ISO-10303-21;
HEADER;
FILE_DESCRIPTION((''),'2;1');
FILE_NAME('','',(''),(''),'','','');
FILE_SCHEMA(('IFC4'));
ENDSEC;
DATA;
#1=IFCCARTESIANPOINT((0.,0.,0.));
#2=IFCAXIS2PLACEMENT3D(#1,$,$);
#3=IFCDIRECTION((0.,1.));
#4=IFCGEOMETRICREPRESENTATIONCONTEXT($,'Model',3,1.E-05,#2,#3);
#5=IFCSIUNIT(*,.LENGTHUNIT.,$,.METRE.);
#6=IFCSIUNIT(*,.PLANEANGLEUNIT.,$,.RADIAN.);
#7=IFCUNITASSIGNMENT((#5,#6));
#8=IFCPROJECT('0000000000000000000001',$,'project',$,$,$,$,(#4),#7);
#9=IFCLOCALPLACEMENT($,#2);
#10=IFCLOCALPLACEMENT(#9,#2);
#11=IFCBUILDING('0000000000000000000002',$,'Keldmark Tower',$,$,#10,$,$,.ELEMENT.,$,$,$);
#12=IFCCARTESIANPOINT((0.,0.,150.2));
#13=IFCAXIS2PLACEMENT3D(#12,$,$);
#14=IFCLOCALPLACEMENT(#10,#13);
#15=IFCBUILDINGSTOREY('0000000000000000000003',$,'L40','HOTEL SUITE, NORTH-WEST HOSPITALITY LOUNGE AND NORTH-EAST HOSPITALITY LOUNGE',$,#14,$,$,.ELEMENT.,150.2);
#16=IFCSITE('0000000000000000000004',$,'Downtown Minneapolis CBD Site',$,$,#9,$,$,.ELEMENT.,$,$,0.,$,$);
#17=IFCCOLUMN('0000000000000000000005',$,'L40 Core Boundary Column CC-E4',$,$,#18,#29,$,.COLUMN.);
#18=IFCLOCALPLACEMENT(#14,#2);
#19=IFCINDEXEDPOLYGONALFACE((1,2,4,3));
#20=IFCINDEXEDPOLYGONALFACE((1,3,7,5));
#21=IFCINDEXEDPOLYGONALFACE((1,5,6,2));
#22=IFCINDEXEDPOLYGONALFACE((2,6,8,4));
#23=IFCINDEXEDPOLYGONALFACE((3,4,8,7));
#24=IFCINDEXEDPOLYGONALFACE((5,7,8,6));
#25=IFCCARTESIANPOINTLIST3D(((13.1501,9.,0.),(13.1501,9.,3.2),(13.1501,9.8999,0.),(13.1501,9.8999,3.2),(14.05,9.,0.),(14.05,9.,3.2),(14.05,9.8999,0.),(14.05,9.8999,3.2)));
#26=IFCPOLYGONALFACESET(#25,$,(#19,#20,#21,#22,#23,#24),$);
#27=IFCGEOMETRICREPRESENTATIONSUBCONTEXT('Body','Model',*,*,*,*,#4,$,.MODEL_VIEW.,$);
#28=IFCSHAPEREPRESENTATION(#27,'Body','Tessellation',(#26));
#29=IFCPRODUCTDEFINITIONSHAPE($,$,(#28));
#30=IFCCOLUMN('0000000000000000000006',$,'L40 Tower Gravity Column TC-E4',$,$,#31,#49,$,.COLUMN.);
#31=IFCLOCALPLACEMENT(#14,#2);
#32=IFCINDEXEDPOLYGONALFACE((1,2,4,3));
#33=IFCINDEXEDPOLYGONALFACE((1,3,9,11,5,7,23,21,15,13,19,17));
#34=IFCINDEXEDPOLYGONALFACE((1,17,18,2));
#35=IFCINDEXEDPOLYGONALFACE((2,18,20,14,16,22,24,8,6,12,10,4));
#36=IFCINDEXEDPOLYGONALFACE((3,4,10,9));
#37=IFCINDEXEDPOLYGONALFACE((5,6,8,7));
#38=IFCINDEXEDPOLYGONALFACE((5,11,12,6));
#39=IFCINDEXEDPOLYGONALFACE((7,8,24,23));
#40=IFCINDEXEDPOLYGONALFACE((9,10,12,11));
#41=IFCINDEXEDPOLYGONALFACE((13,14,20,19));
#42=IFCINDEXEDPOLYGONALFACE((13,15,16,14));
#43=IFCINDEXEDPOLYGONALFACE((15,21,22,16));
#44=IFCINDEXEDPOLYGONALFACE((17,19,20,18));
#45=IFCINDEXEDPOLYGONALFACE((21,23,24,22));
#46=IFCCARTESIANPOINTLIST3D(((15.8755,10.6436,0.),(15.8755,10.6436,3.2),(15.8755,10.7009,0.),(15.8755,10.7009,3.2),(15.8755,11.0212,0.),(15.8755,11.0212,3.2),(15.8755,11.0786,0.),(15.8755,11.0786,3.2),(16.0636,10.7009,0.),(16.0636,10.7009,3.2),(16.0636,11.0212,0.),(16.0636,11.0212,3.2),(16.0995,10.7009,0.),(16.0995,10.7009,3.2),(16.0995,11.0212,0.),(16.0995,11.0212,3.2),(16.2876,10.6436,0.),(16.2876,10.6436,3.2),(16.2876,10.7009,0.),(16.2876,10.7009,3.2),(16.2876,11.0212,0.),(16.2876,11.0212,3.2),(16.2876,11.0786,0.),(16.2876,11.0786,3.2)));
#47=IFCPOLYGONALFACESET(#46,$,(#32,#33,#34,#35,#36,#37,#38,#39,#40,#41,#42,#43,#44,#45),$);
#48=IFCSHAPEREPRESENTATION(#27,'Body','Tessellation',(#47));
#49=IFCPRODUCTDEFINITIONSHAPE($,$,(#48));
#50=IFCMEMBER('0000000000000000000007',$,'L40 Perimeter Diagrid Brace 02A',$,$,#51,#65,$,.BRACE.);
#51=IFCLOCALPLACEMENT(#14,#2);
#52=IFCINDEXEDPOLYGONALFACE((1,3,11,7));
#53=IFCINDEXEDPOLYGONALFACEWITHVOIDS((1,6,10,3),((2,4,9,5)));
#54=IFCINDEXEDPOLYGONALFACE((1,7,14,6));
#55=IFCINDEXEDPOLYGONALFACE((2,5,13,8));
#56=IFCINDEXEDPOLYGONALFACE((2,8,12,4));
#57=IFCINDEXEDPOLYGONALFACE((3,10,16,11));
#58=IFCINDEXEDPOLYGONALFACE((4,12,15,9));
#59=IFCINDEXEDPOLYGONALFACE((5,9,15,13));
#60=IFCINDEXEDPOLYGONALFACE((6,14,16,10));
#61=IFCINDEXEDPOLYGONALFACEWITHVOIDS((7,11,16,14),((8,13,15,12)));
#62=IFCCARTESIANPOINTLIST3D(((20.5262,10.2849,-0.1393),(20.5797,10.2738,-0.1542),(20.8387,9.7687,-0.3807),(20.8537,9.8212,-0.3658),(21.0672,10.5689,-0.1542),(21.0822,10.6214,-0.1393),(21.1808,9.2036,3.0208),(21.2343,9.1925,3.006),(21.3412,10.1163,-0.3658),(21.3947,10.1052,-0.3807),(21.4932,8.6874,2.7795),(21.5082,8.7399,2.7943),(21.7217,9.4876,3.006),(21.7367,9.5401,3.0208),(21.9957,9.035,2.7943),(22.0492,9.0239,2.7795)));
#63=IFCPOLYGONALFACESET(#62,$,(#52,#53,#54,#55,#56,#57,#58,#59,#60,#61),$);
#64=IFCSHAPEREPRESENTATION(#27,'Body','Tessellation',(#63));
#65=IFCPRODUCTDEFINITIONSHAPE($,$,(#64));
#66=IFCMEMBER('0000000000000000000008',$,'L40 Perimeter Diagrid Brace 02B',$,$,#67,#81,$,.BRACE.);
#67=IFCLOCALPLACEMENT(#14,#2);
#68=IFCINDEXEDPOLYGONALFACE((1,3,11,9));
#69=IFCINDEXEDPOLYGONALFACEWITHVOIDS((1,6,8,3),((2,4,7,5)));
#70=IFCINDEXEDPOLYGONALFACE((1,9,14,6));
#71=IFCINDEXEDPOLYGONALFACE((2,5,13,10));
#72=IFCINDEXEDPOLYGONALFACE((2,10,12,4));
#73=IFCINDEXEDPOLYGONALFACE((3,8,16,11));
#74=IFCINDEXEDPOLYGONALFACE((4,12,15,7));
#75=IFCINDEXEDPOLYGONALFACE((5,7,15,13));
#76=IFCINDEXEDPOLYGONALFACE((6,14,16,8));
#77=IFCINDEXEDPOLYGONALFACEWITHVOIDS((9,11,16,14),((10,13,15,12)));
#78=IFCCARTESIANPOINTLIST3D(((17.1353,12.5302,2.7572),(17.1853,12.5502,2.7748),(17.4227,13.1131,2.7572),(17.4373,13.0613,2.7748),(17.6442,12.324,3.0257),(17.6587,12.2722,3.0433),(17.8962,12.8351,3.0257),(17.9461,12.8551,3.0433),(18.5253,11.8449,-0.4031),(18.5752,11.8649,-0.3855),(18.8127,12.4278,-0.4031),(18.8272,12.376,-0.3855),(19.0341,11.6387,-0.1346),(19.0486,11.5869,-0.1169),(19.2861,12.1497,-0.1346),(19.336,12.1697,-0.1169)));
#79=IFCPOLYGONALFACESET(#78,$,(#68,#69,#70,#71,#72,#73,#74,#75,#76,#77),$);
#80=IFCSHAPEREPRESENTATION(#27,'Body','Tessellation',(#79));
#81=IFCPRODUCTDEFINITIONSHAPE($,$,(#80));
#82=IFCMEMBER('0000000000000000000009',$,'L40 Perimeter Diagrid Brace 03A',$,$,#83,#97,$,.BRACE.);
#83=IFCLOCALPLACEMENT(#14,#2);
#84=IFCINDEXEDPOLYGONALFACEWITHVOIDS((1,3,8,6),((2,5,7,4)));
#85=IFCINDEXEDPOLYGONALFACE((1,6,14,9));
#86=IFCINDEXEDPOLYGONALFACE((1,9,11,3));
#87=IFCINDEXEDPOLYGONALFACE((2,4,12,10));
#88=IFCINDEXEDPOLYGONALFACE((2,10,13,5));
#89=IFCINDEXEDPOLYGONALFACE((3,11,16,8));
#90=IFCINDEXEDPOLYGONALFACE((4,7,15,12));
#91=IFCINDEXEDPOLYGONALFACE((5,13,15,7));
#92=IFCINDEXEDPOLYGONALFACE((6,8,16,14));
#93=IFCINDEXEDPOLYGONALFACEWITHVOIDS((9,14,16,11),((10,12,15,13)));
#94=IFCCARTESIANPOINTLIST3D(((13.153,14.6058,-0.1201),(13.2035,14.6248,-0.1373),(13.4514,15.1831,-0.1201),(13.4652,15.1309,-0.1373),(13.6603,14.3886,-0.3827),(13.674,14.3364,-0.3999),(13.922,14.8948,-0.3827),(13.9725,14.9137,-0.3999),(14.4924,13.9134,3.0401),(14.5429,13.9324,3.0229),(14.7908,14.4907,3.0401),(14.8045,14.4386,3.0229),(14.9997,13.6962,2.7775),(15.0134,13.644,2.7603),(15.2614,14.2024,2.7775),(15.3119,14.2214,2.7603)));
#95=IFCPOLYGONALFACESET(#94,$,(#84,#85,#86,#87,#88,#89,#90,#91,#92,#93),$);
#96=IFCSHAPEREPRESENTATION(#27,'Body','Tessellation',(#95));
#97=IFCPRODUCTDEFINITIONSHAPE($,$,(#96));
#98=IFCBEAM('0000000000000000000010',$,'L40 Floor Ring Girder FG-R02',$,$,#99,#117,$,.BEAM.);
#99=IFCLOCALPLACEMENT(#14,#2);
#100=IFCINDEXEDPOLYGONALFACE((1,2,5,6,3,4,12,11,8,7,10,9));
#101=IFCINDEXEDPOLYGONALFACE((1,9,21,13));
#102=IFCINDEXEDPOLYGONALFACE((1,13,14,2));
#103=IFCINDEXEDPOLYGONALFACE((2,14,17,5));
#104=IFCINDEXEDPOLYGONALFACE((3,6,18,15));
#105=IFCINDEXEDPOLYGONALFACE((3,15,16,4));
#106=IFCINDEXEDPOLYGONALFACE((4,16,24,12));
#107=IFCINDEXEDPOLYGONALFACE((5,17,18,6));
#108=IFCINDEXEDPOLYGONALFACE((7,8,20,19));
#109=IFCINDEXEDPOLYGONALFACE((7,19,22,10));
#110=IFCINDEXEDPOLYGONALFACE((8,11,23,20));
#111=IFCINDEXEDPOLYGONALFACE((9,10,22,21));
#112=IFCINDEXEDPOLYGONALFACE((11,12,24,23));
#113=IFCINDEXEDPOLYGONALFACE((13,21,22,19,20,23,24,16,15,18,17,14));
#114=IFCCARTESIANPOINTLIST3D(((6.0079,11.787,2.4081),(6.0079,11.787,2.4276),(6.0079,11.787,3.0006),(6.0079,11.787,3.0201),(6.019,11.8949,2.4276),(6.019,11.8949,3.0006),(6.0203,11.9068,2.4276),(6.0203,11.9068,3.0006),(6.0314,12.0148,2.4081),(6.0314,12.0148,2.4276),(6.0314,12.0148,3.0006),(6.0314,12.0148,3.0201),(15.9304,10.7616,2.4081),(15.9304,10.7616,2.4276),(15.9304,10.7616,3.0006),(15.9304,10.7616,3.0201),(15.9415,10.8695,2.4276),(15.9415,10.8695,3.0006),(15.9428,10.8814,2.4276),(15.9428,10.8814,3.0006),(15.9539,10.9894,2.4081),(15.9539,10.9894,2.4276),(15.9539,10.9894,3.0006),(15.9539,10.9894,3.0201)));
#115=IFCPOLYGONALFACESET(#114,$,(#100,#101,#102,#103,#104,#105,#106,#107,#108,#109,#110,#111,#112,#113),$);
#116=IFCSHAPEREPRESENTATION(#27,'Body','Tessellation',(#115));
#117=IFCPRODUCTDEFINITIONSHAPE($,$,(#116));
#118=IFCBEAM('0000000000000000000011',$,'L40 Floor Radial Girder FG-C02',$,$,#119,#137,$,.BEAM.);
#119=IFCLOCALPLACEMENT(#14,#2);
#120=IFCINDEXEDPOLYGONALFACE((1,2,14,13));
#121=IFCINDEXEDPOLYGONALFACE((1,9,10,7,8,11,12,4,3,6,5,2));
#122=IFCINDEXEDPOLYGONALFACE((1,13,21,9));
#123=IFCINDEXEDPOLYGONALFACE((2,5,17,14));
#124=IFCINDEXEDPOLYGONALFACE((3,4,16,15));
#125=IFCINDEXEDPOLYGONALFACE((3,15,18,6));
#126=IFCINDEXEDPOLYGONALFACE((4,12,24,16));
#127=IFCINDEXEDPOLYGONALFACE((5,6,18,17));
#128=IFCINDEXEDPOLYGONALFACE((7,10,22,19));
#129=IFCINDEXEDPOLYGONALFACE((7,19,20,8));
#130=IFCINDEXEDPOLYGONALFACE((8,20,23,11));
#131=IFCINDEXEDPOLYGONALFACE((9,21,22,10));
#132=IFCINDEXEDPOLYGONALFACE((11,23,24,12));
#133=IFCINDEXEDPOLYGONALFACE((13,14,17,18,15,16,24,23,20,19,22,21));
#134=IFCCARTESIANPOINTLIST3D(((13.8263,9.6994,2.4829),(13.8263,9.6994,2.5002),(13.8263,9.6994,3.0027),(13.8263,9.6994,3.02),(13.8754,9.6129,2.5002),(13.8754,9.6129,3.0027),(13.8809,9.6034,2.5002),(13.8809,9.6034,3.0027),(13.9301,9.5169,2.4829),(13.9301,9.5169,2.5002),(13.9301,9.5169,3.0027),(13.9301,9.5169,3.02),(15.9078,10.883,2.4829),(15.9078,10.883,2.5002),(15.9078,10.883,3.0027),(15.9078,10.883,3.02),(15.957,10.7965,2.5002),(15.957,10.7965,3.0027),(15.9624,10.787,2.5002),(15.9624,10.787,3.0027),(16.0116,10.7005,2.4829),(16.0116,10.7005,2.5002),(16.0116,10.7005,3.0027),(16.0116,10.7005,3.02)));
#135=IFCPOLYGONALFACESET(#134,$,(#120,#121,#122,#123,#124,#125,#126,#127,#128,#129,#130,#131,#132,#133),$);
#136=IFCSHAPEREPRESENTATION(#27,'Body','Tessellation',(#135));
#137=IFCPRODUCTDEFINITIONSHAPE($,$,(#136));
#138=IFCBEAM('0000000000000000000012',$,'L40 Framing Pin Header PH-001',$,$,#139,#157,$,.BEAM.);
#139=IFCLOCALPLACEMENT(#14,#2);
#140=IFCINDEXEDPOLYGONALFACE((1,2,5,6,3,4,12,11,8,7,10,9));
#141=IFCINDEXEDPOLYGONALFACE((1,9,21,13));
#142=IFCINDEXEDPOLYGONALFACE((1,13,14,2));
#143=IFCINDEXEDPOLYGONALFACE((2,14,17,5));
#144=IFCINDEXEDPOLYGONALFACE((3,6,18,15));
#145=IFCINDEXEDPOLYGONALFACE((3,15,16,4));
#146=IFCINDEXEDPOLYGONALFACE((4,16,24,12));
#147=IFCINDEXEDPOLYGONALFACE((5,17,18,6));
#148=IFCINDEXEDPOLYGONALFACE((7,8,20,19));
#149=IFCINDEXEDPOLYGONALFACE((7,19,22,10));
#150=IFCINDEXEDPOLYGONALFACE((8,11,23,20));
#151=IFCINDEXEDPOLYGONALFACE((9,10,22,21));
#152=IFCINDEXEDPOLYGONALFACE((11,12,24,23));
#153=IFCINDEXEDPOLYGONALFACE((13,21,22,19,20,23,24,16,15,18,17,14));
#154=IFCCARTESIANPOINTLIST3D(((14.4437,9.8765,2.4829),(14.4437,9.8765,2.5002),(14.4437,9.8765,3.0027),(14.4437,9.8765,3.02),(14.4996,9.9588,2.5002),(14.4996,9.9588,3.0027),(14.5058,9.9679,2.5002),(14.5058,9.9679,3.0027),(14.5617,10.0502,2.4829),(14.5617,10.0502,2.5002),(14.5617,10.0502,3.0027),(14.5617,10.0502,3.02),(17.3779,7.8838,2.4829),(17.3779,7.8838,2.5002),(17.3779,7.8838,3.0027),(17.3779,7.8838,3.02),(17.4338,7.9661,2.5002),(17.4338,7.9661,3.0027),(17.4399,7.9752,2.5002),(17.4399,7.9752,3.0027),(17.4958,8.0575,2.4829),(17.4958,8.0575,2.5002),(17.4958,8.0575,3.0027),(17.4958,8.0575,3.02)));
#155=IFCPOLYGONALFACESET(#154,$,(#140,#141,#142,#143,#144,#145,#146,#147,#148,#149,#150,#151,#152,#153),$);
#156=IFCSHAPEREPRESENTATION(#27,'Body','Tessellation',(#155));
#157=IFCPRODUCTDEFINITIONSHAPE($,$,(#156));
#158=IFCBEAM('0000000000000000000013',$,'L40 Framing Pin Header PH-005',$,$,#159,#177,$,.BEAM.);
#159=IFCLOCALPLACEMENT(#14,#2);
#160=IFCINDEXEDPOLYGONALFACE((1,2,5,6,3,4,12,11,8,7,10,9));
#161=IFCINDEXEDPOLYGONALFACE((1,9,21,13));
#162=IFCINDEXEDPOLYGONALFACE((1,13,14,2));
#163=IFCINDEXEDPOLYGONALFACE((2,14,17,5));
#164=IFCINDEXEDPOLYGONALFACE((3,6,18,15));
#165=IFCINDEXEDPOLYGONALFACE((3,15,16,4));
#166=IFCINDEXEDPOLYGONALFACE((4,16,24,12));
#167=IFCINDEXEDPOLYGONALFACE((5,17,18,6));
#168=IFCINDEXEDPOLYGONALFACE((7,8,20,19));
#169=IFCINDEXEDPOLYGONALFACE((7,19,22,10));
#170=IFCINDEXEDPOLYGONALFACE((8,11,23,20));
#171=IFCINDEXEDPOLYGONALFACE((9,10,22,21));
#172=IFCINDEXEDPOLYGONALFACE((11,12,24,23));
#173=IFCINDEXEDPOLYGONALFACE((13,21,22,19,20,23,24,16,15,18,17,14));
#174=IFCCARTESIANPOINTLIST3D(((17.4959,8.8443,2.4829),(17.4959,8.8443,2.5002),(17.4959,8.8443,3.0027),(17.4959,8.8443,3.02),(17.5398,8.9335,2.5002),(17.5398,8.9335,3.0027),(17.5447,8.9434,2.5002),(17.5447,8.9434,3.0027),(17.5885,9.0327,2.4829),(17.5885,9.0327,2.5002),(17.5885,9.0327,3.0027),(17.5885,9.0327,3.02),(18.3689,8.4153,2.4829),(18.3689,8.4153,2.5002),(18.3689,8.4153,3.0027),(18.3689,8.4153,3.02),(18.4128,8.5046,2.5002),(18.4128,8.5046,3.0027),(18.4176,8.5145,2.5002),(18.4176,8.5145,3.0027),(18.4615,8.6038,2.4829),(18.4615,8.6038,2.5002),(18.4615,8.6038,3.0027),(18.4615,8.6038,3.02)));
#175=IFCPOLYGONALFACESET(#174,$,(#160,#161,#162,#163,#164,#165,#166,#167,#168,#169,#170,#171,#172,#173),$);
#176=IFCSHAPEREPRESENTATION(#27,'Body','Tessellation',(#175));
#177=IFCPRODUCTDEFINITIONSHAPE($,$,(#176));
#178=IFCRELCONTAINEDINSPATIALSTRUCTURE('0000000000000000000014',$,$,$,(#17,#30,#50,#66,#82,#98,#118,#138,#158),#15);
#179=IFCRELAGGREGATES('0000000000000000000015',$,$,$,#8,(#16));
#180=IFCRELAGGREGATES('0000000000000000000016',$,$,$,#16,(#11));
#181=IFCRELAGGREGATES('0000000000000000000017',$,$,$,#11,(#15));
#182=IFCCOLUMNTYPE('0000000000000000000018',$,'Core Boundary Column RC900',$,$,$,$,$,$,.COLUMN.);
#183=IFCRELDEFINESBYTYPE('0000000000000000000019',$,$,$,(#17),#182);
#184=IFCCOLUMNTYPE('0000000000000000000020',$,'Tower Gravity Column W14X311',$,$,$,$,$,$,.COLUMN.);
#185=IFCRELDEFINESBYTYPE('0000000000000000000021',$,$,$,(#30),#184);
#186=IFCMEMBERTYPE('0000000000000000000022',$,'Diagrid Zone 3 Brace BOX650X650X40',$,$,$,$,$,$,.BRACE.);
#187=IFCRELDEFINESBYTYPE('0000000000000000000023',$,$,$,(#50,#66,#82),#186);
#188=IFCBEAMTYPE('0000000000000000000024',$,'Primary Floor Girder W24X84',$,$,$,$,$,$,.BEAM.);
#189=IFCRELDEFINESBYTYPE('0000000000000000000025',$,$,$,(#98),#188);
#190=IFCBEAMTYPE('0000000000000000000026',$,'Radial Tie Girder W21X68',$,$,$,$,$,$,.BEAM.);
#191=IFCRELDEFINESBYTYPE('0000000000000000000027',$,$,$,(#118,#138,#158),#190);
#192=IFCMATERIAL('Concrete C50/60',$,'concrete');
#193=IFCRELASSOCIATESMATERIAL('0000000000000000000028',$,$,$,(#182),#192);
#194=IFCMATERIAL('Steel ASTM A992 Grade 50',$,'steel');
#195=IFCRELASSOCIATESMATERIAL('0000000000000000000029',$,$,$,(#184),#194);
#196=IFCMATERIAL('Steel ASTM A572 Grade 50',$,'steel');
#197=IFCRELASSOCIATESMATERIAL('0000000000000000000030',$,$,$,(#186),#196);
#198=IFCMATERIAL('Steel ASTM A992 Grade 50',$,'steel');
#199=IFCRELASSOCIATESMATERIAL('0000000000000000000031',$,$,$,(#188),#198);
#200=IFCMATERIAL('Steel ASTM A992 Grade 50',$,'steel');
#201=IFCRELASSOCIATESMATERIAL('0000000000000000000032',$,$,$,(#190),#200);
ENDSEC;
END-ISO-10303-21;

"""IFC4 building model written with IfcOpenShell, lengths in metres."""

from ifc_helpers import new_model, si_unit, direction, frame, origin, origin_2d, place, context, subcontext, project, spatial, rectangle, hollow_rectangle, i_section, extrude, material, material_profile, profile_set, type_object, element, save


model = new_model("IFC4")

# Units and contexts
model_context = context("Model", 3, precision=1e-05, world=origin(), true_north=direction((0.0, 1.0)))
body_context = subcontext(model_context, "Body", "Model", "MODEL_VIEW")
ifc_project = project(units=[si_unit("LENGTHUNIT", "METRE"), si_unit("PLANEANGLEUNIT", "RADIAN")], contexts=[model_context])

# Site, building, storey
site_placement = place(None, origin())
site = spatial("IfcSite", under=ifc_project, at=site_placement, Name="Downtown Minneapolis CBD Site", CompositionType="ELEMENT", RefElevation=0.0)
building_placement = place(site_placement, origin())
building = spatial("IfcBuilding", under=site, at=building_placement, Name="Keldmark Tower", CompositionType="ELEMENT")
storey_placement = place(building_placement, frame((0.0, 0.0, 150.2)))
storey = spatial("IfcBuildingStorey", under=building, at=storey_placement, Name="L40", Description="HOTEL SUITE, NORTH-WEST HOSPITALITY LOUNGE AND NORTH-EAST HOSPITALITY LOUNGE", CompositionType="ELEMENT", Elevation=150.2)

# Columns
ifc_material_1 = material(Name="Concrete C50/60", Category="concrete")
ifc_material_profile_1 = material_profile(ifc_material_1, rectangle(XDim=0.8999, YDim=0.8999, at=origin_2d()), Name="RC900X900")
ifc_profile_set_1 = profile_set([ifc_material_profile_1], Name="Concrete C50/60")
column_type_1 = type_object("IfcColumnType", Name="Core Boundary Column RC900", PredefinedType="COLUMN", material=ifc_profile_set_1)
column_1_placement = place(storey_placement, frame((13.6001, 9.45, 0.0), z_axis=(0.0, 0.0, 1.0), x_axis=(1.0, 0.0, 0.0)))
element("IfcColumn", 1, at=column_1_placement, inside=storey, type_object=column_type_1, Name="L40 Core Boundary Column CC-E4", PredefinedType="COLUMN", context=body_context, shape_type="SweptSolid", body=[
    extrude(rectangle(XDim=0.8999, YDim=0.8999, at=origin_2d()), origin(), (0.0, 0.0, 1.0), 3.2),
])
ifc_material_2 = material(Name="Steel ASTM A992 Grade 50", Category="steel")
ifc_material_profile_2 = material_profile(ifc_material_2, i_section(OverallWidth=0.4121, OverallDepth=0.4351, WebThickness=0.0359, FlangeThickness=0.0574, at=origin_2d()), Name="W14X311")
ifc_profile_set_2 = profile_set([ifc_material_profile_2], Name="Steel ASTM A992 Grade 50")
column_type_2 = type_object("IfcColumnType", Name="Tower Gravity Column W14X311", PredefinedType="COLUMN", material=ifc_profile_set_2)
column_2_placement = place(storey_placement, frame((16.0815, 10.8611, 0.0), z_axis=(0.0, 0.0, 1.0), x_axis=(1.0, 0.0, 0.0)))
element("IfcColumn", 2, at=column_2_placement, inside=storey, type_object=column_type_2, Name="L40 Tower Gravity Column TC-E4", PredefinedType="COLUMN", context=body_context, shape_type="SweptSolid", body=[
    extrude(i_section(OverallWidth=0.4121, OverallDepth=0.4351, WebThickness=0.0359, FlangeThickness=0.0574, at=origin_2d()), origin(), (0.0, 0.0, 1.0), 3.2),
])

# Members
ifc_material_3 = material(Name="Steel ASTM A572 Grade 50", Category="steel")
ifc_material_profile_3 = material_profile(ifc_material_3, hollow_rectangle(XDim=0.6499, YDim=0.6499, WallThickness=0.04, at=origin_2d()), Name="BOX650X650X40")
ifc_profile_set_3 = profile_set([ifc_material_profile_3], Name="Steel ASTM A572 Grade 50")
member_type = type_object("IfcMemberType", Name="Diagrid Zone 3 Brace BOX650X650X40", PredefinedType="BRACE", material=ifc_profile_set_3)
member_1_placement = place(storey_placement, frame((20.9604, 10.1951, -0.26), z_axis=(0.192311, -0.317696, 0.928486), x_axis=(0.855475, 0.517844, 0.0)))
element("IfcMember", 3, at=member_1_placement, inside=storey, type_object=member_type, Name="L40 Perimeter Diagrid Brace 02A", PredefinedType="BRACE", context=body_context, shape_type="SweptSolid", body=[
    extrude(hollow_rectangle(XDim=0.6499, YDim=0.6499, WallThickness=0.04, at=origin_2d()), origin(), (0.0, 0.0, 1.0), 3.4036),
])
member_2_placement = place(storey_placement, frame((18.9307, 12.0073, -0.26), z_axis=(-0.394894, 0.194707, 0.897858), x_axis=(-0.442228, -0.896903, 0.0)))
element("IfcMember", 4, at=member_2_placement, inside=storey, type_object=member_type, Name="L40 Perimeter Diagrid Brace 02B", PredefinedType="BRACE", context=body_context, shape_type="SweptSolid", body=[
    extrude(hollow_rectangle(XDim=0.6499, YDim=0.6499, WallThickness=0.04, at=origin_2d()), origin(), (0.0, 0.0, 1.0), 3.5198),
])
member_3_placement = place(storey_placement, frame((13.5627, 14.7598, -0.26), z_axis=(0.382519, -0.197744, 0.902539), x_axis=(0.45922, 0.888322, 0.0)))
element("IfcMember", 5, at=member_3_placement, inside=storey, type_object=member_type, Name="L40 Perimeter Diagrid Brace 03A", PredefinedType="BRACE", context=body_context, shape_type="SweptSolid", body=[
    extrude(hollow_rectangle(XDim=0.6499, YDim=0.6499, WallThickness=0.04, at=origin_2d()), origin(), (0.0, 0.0, 1.0), 3.5015),
])

# Beams
ifc_material_4 = material(Name="Steel ASTM A992 Grade 50", Category="steel")
ifc_material_profile_4 = material_profile(ifc_material_4, i_section(OverallWidth=0.229, OverallDepth=0.6121, WebThickness=0.012, FlangeThickness=0.0195, at=origin_2d()), Name="W24X84")
ifc_profile_set_4 = profile_set([ifc_material_profile_4], Name="Steel ASTM A992 Grade 50")
beam_type_1 = type_object("IfcBeamType", Name="Primary Floor Girder W24X84", PredefinedType="BEAM", material=ifc_profile_set_4)
beam_1_placement = place(storey_placement, frame((15.9421, 10.8755, 2.7141), z_axis=(-0.994703, 0.102791, 0.0), x_axis=(-0.102791, -0.994703, 0.0)))
element("IfcBeam", 6, at=beam_1_placement, inside=storey, type_object=beam_type_1, Name="L40 Floor Ring Girder FG-R02", PredefinedType="BEAM", context=body_context, shape_type="SweptSolid", body=[
    extrude(i_section(OverallWidth=0.229, OverallDepth=0.6121, WebThickness=0.012, FlangeThickness=0.0195, at=origin_2d()), origin(), (0.0, 0.0, 1.0), 9.9753),
])
ifc_material_5 = material(Name="Steel ASTM A992 Grade 50", Category="steel")
ifc_material_profile_5 = material_profile(ifc_material_5, i_section(OverallWidth=0.21, OverallDepth=0.5371, WebThickness=0.011, FlangeThickness=0.0173, at=origin_2d()), Name="W21X68")
ifc_profile_set_5 = profile_set([ifc_material_profile_5], Name="Steel ASTM A992 Grade 50")
beam_type_2 = type_object("IfcBeamType", Name="Radial Tie Girder W21X68", PredefinedType="BEAM", material=ifc_profile_set_5)
beam_2_placement = place(storey_placement, frame((15.9597, 10.7917, 2.7515), z_axis=(-0.869295, -0.494293, 0.0), x_axis=(0.494293, -0.869295, 0.0)))
element("IfcBeam", 7, at=beam_2_placement, inside=storey, type_object=beam_type_2, Name="L40 Floor Radial Girder FG-C02", PredefinedType="BEAM", context=body_context, shape_type="SweptSolid", body=[
    extrude(i_section(OverallWidth=0.21, OverallDepth=0.5371, WebThickness=0.011, FlangeThickness=0.0173, at=origin_2d()), origin(), (0.0, 0.0, 1.0), 2.3945),
])
beam_3_placement = place(storey_placement, frame((14.5027, 9.9634, 2.7515), z_axis=(0.827254, -0.561828, 0.0), x_axis=(0.561828, 0.827254, 0.0)))
element("IfcBeam", 8, at=beam_3_placement, inside=storey, type_object=beam_type_2, Name="L40 Framing Pin Header PH-001", PredefinedType="BEAM", context=body_context, shape_type="SweptSolid", body=[
    extrude(i_section(OverallWidth=0.21, OverallDepth=0.5371, WebThickness=0.011, FlangeThickness=0.0173, at=origin_2d()), origin(), (0.0, 0.0, 1.0), 3.5469),
])
beam_4_placement = place(storey_placement, frame((17.5422, 8.9385, 2.7515), z_axis=(0.897518, -0.440978, 0.0), x_axis=(0.440978, 0.897518, 0.0)))
element("IfcBeam", 9, at=beam_4_placement, inside=storey, type_object=beam_type_2, Name="L40 Framing Pin Header PH-005", PredefinedType="BEAM", context=body_context, shape_type="SweptSolid", body=[
    extrude(i_section(OverallWidth=0.21, OverallDepth=0.5371, WebThickness=0.011, FlangeThickness=0.0173, at=origin_2d()), origin(), (0.0, 0.0, 1.0), 0.9727),
])

save(model, "model.ifc")
